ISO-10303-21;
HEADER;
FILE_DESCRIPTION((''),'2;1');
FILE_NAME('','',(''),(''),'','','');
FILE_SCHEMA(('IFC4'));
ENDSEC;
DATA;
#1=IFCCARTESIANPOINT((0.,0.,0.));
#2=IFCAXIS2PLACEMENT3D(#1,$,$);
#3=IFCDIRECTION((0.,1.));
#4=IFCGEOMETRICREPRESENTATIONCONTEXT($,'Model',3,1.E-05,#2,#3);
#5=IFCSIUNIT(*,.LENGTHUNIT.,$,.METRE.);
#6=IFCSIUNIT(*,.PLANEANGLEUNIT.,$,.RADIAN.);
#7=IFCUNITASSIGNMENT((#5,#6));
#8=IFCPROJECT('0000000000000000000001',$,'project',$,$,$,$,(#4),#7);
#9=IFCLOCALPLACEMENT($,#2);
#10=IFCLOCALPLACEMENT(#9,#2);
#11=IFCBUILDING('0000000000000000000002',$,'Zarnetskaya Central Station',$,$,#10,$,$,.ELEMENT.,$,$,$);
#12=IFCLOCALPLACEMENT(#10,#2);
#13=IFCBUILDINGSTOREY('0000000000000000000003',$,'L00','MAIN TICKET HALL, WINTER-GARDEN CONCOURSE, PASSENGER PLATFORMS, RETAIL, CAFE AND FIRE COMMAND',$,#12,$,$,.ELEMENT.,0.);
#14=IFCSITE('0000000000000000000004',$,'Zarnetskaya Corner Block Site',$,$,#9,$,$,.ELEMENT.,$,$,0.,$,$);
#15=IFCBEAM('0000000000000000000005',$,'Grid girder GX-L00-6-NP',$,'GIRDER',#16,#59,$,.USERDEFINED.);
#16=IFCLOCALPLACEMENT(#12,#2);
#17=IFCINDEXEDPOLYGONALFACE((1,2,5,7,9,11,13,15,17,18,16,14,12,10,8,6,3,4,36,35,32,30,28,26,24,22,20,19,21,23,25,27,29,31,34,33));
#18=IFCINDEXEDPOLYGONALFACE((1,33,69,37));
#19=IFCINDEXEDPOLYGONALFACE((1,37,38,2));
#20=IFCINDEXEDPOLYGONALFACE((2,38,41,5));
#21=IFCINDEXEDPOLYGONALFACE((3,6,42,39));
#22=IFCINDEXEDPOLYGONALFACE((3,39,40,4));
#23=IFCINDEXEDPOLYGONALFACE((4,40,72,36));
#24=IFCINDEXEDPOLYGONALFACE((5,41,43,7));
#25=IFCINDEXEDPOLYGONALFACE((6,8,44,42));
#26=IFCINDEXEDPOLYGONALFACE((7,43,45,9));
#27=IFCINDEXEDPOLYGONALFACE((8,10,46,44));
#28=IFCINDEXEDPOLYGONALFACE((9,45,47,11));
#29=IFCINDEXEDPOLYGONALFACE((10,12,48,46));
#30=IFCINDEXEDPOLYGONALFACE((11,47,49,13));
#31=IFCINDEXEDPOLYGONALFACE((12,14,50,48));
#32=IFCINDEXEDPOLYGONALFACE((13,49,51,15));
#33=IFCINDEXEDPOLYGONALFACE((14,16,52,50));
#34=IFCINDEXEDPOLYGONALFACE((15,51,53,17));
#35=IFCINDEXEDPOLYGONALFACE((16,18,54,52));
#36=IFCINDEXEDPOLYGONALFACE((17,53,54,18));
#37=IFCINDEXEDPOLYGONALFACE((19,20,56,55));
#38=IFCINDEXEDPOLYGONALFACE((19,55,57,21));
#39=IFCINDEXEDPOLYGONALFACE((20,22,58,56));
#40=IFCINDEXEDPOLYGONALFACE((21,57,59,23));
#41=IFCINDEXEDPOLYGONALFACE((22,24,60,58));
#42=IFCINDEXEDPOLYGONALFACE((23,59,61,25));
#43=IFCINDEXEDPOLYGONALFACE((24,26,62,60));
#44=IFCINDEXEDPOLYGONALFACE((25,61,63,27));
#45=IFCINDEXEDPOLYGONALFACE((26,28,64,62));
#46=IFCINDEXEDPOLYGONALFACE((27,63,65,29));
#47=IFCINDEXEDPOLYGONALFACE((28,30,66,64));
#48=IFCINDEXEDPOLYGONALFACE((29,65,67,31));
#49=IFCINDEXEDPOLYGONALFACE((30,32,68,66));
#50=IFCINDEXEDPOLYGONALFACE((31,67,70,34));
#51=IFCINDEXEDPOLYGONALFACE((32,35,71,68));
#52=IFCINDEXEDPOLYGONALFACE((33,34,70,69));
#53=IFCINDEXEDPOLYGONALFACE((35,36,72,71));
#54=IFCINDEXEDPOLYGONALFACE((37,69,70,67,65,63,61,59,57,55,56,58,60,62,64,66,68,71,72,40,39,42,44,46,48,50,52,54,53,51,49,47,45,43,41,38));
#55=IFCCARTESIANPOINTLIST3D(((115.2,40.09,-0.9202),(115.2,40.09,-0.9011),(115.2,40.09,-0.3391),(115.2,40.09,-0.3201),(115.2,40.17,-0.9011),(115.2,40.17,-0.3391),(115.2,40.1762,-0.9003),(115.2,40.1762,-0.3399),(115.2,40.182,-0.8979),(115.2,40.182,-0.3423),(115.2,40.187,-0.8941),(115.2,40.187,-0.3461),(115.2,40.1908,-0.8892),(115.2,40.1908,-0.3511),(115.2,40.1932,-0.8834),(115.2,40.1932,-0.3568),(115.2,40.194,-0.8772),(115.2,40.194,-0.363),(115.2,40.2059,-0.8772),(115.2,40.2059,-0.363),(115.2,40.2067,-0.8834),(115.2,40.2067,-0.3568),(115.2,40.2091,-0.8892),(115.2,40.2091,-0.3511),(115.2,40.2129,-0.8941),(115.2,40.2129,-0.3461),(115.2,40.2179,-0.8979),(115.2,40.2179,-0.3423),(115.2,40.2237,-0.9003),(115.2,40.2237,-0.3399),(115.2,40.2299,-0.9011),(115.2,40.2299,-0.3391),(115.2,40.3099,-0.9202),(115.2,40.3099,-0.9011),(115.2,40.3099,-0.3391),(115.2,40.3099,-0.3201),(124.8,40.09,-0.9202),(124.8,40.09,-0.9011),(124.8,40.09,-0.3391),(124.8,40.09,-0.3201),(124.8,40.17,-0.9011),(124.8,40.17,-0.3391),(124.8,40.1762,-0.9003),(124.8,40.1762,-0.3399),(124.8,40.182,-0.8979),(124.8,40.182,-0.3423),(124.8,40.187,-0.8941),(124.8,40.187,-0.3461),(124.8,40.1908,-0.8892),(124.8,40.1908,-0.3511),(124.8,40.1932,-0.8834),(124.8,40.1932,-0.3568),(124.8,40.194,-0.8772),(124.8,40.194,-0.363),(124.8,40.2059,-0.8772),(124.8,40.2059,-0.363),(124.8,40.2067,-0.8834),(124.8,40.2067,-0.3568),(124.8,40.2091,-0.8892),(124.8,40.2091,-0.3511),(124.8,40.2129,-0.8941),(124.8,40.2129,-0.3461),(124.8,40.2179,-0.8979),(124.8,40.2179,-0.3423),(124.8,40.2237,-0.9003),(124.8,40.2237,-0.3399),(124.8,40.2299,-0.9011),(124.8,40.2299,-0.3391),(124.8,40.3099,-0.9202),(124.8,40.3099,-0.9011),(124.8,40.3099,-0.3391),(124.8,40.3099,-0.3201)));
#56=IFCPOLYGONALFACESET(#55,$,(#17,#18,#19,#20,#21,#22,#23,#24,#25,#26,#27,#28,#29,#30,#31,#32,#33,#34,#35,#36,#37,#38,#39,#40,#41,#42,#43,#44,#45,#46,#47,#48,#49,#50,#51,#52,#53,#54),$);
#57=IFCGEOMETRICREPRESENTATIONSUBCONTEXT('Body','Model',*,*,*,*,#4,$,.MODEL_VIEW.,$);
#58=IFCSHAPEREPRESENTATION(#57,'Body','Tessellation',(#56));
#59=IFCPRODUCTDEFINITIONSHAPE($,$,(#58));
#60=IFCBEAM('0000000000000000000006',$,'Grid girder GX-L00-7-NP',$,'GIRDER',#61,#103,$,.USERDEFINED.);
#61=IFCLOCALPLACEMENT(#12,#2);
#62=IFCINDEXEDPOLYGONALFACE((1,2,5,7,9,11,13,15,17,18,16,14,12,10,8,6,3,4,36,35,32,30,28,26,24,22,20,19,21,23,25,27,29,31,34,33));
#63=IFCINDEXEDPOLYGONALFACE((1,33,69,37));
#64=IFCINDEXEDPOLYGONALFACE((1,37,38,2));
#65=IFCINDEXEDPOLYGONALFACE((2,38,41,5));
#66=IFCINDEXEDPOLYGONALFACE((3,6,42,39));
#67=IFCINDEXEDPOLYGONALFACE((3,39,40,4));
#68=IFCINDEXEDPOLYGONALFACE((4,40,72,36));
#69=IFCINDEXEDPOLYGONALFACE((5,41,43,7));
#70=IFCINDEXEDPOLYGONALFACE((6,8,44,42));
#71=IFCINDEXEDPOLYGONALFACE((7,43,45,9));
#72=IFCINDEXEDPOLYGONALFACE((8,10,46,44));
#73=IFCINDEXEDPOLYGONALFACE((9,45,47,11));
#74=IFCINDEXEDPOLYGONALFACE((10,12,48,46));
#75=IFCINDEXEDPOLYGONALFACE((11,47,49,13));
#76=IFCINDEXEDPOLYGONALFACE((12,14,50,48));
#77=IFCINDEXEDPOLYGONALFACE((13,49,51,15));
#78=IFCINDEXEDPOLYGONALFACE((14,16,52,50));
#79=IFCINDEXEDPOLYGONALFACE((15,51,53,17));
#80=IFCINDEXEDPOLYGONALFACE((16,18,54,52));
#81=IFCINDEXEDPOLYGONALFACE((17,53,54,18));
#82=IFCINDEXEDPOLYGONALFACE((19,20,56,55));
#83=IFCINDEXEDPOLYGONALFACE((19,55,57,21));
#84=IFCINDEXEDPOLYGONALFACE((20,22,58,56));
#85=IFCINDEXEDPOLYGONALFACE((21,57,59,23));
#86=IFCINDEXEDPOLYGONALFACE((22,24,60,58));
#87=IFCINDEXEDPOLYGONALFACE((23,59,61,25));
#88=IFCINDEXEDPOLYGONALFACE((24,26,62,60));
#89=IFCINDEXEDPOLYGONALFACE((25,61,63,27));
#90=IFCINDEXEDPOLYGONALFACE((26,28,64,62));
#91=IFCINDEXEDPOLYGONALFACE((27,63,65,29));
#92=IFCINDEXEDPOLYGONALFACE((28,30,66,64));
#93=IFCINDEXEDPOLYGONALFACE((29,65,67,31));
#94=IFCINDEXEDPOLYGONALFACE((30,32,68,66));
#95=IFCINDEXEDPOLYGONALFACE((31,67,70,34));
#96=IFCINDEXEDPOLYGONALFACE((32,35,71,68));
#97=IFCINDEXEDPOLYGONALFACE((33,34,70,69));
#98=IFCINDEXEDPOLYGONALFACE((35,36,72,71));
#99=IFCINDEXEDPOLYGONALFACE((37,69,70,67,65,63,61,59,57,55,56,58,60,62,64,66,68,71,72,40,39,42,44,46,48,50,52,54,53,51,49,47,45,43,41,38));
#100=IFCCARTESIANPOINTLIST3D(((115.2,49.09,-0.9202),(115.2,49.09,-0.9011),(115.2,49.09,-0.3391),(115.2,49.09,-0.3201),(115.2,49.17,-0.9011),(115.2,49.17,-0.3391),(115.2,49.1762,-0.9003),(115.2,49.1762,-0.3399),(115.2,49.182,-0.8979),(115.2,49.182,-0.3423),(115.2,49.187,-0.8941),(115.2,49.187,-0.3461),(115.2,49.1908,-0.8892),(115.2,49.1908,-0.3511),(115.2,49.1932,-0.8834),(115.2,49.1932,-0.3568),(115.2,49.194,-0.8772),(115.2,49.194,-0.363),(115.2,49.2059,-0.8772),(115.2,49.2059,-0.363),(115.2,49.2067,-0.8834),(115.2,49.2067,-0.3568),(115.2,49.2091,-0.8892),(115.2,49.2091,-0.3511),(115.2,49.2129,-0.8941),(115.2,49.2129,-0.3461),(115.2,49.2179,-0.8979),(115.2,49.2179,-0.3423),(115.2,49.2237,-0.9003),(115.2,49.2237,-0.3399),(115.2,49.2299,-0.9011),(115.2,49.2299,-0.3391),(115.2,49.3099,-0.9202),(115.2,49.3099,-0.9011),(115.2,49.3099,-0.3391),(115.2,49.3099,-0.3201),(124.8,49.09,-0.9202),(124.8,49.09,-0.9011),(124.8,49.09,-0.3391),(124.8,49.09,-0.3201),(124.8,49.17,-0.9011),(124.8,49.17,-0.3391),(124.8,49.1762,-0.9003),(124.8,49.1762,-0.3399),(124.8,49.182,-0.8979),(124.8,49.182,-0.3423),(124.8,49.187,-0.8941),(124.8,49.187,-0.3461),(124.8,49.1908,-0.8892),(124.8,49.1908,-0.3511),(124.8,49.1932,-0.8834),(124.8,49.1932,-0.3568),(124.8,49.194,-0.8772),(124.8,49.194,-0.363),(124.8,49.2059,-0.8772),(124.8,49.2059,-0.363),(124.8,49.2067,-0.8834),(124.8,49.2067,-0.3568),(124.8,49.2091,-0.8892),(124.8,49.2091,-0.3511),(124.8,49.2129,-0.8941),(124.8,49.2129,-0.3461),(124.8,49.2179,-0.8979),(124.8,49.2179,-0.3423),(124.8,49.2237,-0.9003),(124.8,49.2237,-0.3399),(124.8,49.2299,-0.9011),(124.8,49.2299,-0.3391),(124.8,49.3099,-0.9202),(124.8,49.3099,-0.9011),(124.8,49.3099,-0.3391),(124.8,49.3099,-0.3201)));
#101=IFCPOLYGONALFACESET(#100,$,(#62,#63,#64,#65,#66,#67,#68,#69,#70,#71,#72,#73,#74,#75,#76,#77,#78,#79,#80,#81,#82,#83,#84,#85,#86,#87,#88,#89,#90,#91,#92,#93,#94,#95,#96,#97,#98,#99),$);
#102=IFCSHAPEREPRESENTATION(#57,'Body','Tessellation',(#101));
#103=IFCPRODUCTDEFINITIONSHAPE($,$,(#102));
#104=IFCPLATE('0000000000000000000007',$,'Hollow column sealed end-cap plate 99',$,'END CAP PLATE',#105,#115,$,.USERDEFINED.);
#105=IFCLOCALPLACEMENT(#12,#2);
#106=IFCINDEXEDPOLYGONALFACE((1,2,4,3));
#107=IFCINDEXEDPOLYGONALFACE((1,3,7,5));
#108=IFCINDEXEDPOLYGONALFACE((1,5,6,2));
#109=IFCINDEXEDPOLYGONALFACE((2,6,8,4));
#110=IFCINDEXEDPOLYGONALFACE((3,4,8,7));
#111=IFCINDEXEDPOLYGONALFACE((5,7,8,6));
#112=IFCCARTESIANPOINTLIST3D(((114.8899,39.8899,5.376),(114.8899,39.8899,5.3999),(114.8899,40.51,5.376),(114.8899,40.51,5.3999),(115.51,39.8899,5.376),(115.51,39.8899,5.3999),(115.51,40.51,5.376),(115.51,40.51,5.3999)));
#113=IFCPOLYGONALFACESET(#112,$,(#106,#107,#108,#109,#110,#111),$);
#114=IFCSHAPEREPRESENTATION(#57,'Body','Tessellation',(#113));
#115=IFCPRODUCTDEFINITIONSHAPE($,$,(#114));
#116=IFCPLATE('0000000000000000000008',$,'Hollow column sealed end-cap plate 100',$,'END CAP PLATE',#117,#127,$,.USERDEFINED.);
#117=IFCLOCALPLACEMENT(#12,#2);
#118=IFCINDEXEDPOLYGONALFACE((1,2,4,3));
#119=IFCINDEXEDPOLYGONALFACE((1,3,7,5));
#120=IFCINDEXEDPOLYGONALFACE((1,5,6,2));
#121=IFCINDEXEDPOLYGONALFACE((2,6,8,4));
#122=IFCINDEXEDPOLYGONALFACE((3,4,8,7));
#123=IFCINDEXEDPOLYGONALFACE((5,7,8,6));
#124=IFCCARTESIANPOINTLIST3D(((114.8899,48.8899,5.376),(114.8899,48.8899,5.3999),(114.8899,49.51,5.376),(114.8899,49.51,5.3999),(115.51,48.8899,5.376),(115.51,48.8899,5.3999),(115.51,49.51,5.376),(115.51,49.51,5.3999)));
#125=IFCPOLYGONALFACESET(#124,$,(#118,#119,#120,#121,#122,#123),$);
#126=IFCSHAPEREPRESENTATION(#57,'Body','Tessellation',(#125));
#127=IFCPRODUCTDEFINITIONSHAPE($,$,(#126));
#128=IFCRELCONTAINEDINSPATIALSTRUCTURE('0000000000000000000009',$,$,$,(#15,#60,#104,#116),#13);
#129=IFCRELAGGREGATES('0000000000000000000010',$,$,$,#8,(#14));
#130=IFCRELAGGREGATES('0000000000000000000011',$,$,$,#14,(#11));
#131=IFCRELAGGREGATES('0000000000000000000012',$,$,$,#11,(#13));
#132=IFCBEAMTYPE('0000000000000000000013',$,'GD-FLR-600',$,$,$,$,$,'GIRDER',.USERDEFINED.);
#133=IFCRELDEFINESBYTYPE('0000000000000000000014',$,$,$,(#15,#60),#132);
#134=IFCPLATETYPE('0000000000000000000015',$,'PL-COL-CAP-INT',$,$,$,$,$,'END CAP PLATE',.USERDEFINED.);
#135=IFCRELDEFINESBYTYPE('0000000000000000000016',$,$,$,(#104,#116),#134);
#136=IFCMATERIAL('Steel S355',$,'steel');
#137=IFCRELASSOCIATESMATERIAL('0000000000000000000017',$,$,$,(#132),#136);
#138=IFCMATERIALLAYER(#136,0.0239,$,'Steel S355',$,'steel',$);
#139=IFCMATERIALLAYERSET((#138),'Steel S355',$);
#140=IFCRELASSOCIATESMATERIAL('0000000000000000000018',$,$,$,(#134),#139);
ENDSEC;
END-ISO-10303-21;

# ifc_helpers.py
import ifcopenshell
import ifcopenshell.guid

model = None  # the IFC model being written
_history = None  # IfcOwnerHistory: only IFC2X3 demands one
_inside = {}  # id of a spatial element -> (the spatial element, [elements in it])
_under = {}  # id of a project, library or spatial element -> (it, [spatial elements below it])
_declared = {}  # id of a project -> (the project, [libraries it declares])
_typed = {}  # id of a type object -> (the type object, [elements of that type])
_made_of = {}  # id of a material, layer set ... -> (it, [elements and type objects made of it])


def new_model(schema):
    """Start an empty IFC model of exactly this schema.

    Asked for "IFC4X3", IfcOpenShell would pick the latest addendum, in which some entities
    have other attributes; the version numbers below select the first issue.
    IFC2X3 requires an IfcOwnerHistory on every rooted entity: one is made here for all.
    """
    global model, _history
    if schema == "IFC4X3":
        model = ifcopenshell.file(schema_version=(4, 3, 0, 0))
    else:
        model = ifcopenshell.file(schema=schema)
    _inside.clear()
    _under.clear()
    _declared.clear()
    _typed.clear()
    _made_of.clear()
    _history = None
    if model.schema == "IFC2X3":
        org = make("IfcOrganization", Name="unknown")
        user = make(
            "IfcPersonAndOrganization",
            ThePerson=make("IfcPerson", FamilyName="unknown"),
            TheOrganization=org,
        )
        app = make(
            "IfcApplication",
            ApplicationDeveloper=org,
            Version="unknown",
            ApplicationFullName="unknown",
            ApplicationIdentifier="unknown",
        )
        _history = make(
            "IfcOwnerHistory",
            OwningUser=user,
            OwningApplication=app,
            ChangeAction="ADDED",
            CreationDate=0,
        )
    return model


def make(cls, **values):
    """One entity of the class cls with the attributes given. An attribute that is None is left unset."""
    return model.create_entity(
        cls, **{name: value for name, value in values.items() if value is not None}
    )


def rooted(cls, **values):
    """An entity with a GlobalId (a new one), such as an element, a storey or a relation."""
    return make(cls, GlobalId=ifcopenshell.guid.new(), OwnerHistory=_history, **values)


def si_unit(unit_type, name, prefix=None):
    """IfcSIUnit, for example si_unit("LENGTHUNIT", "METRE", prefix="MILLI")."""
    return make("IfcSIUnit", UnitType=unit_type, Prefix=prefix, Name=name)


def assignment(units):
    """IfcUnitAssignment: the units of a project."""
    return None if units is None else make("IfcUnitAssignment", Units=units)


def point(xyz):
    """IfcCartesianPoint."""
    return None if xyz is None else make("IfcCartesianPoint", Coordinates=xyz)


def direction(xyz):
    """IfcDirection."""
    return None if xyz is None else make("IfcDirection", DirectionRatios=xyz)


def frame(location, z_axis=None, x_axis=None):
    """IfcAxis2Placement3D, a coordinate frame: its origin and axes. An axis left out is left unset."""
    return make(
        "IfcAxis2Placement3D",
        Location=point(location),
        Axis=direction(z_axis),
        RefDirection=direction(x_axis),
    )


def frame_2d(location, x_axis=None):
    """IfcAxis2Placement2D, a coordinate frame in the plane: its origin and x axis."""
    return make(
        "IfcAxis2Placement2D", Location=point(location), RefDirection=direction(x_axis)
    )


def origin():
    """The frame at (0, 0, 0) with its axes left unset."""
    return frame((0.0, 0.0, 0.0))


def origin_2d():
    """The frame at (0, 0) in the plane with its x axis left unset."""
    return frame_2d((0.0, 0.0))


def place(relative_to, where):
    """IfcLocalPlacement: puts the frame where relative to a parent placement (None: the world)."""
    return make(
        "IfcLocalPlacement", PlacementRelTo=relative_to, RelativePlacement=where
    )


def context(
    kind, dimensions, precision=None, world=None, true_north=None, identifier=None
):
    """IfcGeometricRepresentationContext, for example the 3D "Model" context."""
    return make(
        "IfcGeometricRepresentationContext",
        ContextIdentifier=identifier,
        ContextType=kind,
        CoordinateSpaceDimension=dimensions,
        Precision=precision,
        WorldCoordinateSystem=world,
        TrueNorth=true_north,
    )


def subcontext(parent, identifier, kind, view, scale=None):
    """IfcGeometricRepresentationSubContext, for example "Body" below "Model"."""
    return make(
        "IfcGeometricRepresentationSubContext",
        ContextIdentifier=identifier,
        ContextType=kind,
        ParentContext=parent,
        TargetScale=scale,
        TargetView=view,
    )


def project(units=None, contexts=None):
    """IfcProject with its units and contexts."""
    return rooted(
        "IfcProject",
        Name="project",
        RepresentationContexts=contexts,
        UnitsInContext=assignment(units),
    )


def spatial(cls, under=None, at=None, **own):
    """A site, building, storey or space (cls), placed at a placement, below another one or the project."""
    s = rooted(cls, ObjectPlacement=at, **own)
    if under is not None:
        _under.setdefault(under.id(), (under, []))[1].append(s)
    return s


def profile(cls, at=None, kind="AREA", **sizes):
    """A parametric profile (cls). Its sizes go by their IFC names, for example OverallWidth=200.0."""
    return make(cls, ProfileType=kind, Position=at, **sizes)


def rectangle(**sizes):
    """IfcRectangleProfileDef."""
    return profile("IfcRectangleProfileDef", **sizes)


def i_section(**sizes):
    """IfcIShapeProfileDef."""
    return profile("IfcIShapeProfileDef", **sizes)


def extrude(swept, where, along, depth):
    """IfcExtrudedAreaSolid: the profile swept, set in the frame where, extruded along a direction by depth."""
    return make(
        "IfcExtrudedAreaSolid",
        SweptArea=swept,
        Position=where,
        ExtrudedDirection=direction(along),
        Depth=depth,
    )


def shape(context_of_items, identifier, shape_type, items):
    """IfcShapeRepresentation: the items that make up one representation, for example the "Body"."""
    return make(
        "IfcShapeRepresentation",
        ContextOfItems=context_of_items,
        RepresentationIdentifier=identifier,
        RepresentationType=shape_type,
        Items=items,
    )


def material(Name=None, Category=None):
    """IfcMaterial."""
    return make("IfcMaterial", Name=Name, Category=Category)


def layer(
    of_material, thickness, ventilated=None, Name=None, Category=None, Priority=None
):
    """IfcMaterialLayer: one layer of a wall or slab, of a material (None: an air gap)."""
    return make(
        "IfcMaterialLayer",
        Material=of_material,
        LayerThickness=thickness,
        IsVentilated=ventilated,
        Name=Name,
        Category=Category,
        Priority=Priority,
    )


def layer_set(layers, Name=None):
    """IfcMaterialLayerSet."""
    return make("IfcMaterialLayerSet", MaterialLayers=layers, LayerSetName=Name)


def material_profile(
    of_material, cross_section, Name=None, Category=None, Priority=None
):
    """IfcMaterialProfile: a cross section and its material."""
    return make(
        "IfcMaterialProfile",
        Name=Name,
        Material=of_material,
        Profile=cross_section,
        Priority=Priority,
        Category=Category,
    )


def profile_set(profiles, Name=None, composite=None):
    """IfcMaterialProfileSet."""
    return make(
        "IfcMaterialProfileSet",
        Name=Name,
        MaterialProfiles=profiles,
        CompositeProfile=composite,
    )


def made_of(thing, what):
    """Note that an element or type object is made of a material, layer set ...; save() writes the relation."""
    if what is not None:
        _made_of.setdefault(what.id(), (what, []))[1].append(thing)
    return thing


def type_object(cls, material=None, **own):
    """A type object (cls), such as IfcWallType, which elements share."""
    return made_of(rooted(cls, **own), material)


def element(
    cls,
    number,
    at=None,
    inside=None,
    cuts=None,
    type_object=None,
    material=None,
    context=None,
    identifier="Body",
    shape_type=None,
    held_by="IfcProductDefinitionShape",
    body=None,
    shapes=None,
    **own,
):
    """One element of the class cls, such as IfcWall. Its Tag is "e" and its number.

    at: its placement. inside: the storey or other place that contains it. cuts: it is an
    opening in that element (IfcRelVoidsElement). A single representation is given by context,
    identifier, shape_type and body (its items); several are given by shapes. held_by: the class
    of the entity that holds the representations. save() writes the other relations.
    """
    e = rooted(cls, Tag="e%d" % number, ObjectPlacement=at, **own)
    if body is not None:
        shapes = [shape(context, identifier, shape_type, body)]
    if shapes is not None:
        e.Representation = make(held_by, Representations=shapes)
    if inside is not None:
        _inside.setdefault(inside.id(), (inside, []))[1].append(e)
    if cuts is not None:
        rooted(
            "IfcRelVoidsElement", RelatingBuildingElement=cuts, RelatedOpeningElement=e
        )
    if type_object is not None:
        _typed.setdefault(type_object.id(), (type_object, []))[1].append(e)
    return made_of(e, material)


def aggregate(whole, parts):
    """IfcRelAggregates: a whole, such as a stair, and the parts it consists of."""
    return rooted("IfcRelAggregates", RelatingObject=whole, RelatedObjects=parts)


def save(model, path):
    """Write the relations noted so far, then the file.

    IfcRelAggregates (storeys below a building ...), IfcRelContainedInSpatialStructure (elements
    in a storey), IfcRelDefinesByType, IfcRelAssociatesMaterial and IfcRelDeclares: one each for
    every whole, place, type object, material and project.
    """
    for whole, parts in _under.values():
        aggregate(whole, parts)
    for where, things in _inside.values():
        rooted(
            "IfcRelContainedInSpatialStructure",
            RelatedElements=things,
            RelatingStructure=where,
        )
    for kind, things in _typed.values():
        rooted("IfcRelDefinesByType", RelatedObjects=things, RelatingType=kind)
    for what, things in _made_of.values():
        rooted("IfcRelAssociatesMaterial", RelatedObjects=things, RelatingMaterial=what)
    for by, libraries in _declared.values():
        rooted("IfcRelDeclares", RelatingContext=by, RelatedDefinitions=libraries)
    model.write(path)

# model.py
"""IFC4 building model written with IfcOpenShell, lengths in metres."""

from ifc_helpers import new_model, si_unit, direction, frame, origin, origin_2d, place, context, subcontext, project, spatial, rectangle, i_section, extrude, material, layer, layer_set, material_profile, profile_set, type_object, element, save


model = new_model("IFC4")

# Units and contexts
model_context = context("Model", 3, precision=1e-05, world=origin(), true_north=direction((0.0, 1.0)))
body_context = subcontext(model_context, "Body", "Model", "MODEL_VIEW")
ifc_project = project(units=[si_unit("LENGTHUNIT", "METRE"), si_unit("PLANEANGLEUNIT", "RADIAN")], contexts=[model_context])

# Site, building, storey
site_placement = place(None, origin())
site = spatial("IfcSite", under=ifc_project, at=site_placement, Name="Zarnetskaya Corner Block Site", CompositionType="ELEMENT", RefElevation=0.0)
building_placement = place(site_placement, origin())
building = spatial("IfcBuilding", under=site, at=building_placement, Name="Zarnetskaya Central Station", CompositionType="ELEMENT")
storey_placement = place(building_placement, origin())
storey = spatial("IfcBuildingStorey", under=building, at=storey_placement, Name="L00", Description="MAIN TICKET HALL, WINTER-GARDEN CONCOURSE, PASSENGER PLATFORMS, RETAIL, CAFE AND FIRE COMMAND", CompositionType="ELEMENT", Elevation=0.0)

# Shared definitions
ifc_material = material(Name="Steel S355", Category="steel")

# Beams
ifc_material_profile_1 = material_profile(ifc_material, i_section(OverallWidth=0.22, OverallDepth=0.6001, WebThickness=0.012, FlangeThickness=0.019, FilletRadius=0.0239, at=origin_2d()), Name="IPE 600")
ifc_profile_set_1 = profile_set([ifc_material_profile_1], Name="Steel S355")
beam_type_1 = type_object("IfcBeamType", Name="GD-FLR-600", ElementType="GIRDER", PredefinedType="USERDEFINED", material=ifc_profile_set_1)
for number, where, z_axis, x_axis, name in (
    (1, (115.2, 40.2, -0.6201), (1.0, 0.0, 0.0), (0.0, 1.0, 0.0), "Grid girder GX-L00-6-NP"),
    (2, (115.2, 49.2, -0.6201), (1.0, 0.0, 0.0), (0.0, 1.0, 0.0), "Grid girder GX-L00-7-NP"),
):
    element("IfcBeam", number, at=place(storey_placement, frame(where, z_axis=z_axis, x_axis=x_axis)), inside=storey, type_object=beam_type_1, Name=name, ObjectType="GIRDER", PredefinedType="USERDEFINED", context=body_context, shape_type="SweptSolid", body=[
        extrude(i_section(OverallWidth=0.22, OverallDepth=0.6001, WebThickness=0.012, FlangeThickness=0.019, FilletRadius=0.0239, at=origin_2d()), origin(), (0.0, 0.0, 1.0), 9.6001),
    ])

# Plates
ifc_layer = layer(ifc_material, 0.0239, Name="Steel S355", Category="steel")
ifc_layer_set = layer_set([ifc_layer], Name="Steel S355")
plate_type = type_object("IfcPlateType", Name="PL-COL-CAP-INT", ElementType="END CAP PLATE", PredefinedType="USERDEFINED", material=ifc_layer_set)
for number, where, z_axis, x_axis, name in (
    (3, (115.2, 40.2, 5.376), (0.0, 0.0, 1.0), (1.0, 0.0, 0.0), "Hollow column sealed end-cap plate 99"),
    (4, (115.2, 49.2, 5.376), (0.0, 0.0, 1.0), (1.0, 0.0, 0.0), "Hollow column sealed end-cap plate 100"),
):
    element("IfcPlate", number, at=place(storey_placement, frame(where, z_axis=z_axis, x_axis=x_axis)), inside=storey, type_object=plate_type, Name=name, ObjectType="END CAP PLATE", PredefinedType="USERDEFINED", context=body_context, shape_type="SweptSolid", body=[
        extrude(rectangle(XDim=0.6201, YDim=0.6201, at=origin_2d()), origin(), (0.0, 0.0, 1.0), 0.0239),
    ])

save(model, "model.ifc")
